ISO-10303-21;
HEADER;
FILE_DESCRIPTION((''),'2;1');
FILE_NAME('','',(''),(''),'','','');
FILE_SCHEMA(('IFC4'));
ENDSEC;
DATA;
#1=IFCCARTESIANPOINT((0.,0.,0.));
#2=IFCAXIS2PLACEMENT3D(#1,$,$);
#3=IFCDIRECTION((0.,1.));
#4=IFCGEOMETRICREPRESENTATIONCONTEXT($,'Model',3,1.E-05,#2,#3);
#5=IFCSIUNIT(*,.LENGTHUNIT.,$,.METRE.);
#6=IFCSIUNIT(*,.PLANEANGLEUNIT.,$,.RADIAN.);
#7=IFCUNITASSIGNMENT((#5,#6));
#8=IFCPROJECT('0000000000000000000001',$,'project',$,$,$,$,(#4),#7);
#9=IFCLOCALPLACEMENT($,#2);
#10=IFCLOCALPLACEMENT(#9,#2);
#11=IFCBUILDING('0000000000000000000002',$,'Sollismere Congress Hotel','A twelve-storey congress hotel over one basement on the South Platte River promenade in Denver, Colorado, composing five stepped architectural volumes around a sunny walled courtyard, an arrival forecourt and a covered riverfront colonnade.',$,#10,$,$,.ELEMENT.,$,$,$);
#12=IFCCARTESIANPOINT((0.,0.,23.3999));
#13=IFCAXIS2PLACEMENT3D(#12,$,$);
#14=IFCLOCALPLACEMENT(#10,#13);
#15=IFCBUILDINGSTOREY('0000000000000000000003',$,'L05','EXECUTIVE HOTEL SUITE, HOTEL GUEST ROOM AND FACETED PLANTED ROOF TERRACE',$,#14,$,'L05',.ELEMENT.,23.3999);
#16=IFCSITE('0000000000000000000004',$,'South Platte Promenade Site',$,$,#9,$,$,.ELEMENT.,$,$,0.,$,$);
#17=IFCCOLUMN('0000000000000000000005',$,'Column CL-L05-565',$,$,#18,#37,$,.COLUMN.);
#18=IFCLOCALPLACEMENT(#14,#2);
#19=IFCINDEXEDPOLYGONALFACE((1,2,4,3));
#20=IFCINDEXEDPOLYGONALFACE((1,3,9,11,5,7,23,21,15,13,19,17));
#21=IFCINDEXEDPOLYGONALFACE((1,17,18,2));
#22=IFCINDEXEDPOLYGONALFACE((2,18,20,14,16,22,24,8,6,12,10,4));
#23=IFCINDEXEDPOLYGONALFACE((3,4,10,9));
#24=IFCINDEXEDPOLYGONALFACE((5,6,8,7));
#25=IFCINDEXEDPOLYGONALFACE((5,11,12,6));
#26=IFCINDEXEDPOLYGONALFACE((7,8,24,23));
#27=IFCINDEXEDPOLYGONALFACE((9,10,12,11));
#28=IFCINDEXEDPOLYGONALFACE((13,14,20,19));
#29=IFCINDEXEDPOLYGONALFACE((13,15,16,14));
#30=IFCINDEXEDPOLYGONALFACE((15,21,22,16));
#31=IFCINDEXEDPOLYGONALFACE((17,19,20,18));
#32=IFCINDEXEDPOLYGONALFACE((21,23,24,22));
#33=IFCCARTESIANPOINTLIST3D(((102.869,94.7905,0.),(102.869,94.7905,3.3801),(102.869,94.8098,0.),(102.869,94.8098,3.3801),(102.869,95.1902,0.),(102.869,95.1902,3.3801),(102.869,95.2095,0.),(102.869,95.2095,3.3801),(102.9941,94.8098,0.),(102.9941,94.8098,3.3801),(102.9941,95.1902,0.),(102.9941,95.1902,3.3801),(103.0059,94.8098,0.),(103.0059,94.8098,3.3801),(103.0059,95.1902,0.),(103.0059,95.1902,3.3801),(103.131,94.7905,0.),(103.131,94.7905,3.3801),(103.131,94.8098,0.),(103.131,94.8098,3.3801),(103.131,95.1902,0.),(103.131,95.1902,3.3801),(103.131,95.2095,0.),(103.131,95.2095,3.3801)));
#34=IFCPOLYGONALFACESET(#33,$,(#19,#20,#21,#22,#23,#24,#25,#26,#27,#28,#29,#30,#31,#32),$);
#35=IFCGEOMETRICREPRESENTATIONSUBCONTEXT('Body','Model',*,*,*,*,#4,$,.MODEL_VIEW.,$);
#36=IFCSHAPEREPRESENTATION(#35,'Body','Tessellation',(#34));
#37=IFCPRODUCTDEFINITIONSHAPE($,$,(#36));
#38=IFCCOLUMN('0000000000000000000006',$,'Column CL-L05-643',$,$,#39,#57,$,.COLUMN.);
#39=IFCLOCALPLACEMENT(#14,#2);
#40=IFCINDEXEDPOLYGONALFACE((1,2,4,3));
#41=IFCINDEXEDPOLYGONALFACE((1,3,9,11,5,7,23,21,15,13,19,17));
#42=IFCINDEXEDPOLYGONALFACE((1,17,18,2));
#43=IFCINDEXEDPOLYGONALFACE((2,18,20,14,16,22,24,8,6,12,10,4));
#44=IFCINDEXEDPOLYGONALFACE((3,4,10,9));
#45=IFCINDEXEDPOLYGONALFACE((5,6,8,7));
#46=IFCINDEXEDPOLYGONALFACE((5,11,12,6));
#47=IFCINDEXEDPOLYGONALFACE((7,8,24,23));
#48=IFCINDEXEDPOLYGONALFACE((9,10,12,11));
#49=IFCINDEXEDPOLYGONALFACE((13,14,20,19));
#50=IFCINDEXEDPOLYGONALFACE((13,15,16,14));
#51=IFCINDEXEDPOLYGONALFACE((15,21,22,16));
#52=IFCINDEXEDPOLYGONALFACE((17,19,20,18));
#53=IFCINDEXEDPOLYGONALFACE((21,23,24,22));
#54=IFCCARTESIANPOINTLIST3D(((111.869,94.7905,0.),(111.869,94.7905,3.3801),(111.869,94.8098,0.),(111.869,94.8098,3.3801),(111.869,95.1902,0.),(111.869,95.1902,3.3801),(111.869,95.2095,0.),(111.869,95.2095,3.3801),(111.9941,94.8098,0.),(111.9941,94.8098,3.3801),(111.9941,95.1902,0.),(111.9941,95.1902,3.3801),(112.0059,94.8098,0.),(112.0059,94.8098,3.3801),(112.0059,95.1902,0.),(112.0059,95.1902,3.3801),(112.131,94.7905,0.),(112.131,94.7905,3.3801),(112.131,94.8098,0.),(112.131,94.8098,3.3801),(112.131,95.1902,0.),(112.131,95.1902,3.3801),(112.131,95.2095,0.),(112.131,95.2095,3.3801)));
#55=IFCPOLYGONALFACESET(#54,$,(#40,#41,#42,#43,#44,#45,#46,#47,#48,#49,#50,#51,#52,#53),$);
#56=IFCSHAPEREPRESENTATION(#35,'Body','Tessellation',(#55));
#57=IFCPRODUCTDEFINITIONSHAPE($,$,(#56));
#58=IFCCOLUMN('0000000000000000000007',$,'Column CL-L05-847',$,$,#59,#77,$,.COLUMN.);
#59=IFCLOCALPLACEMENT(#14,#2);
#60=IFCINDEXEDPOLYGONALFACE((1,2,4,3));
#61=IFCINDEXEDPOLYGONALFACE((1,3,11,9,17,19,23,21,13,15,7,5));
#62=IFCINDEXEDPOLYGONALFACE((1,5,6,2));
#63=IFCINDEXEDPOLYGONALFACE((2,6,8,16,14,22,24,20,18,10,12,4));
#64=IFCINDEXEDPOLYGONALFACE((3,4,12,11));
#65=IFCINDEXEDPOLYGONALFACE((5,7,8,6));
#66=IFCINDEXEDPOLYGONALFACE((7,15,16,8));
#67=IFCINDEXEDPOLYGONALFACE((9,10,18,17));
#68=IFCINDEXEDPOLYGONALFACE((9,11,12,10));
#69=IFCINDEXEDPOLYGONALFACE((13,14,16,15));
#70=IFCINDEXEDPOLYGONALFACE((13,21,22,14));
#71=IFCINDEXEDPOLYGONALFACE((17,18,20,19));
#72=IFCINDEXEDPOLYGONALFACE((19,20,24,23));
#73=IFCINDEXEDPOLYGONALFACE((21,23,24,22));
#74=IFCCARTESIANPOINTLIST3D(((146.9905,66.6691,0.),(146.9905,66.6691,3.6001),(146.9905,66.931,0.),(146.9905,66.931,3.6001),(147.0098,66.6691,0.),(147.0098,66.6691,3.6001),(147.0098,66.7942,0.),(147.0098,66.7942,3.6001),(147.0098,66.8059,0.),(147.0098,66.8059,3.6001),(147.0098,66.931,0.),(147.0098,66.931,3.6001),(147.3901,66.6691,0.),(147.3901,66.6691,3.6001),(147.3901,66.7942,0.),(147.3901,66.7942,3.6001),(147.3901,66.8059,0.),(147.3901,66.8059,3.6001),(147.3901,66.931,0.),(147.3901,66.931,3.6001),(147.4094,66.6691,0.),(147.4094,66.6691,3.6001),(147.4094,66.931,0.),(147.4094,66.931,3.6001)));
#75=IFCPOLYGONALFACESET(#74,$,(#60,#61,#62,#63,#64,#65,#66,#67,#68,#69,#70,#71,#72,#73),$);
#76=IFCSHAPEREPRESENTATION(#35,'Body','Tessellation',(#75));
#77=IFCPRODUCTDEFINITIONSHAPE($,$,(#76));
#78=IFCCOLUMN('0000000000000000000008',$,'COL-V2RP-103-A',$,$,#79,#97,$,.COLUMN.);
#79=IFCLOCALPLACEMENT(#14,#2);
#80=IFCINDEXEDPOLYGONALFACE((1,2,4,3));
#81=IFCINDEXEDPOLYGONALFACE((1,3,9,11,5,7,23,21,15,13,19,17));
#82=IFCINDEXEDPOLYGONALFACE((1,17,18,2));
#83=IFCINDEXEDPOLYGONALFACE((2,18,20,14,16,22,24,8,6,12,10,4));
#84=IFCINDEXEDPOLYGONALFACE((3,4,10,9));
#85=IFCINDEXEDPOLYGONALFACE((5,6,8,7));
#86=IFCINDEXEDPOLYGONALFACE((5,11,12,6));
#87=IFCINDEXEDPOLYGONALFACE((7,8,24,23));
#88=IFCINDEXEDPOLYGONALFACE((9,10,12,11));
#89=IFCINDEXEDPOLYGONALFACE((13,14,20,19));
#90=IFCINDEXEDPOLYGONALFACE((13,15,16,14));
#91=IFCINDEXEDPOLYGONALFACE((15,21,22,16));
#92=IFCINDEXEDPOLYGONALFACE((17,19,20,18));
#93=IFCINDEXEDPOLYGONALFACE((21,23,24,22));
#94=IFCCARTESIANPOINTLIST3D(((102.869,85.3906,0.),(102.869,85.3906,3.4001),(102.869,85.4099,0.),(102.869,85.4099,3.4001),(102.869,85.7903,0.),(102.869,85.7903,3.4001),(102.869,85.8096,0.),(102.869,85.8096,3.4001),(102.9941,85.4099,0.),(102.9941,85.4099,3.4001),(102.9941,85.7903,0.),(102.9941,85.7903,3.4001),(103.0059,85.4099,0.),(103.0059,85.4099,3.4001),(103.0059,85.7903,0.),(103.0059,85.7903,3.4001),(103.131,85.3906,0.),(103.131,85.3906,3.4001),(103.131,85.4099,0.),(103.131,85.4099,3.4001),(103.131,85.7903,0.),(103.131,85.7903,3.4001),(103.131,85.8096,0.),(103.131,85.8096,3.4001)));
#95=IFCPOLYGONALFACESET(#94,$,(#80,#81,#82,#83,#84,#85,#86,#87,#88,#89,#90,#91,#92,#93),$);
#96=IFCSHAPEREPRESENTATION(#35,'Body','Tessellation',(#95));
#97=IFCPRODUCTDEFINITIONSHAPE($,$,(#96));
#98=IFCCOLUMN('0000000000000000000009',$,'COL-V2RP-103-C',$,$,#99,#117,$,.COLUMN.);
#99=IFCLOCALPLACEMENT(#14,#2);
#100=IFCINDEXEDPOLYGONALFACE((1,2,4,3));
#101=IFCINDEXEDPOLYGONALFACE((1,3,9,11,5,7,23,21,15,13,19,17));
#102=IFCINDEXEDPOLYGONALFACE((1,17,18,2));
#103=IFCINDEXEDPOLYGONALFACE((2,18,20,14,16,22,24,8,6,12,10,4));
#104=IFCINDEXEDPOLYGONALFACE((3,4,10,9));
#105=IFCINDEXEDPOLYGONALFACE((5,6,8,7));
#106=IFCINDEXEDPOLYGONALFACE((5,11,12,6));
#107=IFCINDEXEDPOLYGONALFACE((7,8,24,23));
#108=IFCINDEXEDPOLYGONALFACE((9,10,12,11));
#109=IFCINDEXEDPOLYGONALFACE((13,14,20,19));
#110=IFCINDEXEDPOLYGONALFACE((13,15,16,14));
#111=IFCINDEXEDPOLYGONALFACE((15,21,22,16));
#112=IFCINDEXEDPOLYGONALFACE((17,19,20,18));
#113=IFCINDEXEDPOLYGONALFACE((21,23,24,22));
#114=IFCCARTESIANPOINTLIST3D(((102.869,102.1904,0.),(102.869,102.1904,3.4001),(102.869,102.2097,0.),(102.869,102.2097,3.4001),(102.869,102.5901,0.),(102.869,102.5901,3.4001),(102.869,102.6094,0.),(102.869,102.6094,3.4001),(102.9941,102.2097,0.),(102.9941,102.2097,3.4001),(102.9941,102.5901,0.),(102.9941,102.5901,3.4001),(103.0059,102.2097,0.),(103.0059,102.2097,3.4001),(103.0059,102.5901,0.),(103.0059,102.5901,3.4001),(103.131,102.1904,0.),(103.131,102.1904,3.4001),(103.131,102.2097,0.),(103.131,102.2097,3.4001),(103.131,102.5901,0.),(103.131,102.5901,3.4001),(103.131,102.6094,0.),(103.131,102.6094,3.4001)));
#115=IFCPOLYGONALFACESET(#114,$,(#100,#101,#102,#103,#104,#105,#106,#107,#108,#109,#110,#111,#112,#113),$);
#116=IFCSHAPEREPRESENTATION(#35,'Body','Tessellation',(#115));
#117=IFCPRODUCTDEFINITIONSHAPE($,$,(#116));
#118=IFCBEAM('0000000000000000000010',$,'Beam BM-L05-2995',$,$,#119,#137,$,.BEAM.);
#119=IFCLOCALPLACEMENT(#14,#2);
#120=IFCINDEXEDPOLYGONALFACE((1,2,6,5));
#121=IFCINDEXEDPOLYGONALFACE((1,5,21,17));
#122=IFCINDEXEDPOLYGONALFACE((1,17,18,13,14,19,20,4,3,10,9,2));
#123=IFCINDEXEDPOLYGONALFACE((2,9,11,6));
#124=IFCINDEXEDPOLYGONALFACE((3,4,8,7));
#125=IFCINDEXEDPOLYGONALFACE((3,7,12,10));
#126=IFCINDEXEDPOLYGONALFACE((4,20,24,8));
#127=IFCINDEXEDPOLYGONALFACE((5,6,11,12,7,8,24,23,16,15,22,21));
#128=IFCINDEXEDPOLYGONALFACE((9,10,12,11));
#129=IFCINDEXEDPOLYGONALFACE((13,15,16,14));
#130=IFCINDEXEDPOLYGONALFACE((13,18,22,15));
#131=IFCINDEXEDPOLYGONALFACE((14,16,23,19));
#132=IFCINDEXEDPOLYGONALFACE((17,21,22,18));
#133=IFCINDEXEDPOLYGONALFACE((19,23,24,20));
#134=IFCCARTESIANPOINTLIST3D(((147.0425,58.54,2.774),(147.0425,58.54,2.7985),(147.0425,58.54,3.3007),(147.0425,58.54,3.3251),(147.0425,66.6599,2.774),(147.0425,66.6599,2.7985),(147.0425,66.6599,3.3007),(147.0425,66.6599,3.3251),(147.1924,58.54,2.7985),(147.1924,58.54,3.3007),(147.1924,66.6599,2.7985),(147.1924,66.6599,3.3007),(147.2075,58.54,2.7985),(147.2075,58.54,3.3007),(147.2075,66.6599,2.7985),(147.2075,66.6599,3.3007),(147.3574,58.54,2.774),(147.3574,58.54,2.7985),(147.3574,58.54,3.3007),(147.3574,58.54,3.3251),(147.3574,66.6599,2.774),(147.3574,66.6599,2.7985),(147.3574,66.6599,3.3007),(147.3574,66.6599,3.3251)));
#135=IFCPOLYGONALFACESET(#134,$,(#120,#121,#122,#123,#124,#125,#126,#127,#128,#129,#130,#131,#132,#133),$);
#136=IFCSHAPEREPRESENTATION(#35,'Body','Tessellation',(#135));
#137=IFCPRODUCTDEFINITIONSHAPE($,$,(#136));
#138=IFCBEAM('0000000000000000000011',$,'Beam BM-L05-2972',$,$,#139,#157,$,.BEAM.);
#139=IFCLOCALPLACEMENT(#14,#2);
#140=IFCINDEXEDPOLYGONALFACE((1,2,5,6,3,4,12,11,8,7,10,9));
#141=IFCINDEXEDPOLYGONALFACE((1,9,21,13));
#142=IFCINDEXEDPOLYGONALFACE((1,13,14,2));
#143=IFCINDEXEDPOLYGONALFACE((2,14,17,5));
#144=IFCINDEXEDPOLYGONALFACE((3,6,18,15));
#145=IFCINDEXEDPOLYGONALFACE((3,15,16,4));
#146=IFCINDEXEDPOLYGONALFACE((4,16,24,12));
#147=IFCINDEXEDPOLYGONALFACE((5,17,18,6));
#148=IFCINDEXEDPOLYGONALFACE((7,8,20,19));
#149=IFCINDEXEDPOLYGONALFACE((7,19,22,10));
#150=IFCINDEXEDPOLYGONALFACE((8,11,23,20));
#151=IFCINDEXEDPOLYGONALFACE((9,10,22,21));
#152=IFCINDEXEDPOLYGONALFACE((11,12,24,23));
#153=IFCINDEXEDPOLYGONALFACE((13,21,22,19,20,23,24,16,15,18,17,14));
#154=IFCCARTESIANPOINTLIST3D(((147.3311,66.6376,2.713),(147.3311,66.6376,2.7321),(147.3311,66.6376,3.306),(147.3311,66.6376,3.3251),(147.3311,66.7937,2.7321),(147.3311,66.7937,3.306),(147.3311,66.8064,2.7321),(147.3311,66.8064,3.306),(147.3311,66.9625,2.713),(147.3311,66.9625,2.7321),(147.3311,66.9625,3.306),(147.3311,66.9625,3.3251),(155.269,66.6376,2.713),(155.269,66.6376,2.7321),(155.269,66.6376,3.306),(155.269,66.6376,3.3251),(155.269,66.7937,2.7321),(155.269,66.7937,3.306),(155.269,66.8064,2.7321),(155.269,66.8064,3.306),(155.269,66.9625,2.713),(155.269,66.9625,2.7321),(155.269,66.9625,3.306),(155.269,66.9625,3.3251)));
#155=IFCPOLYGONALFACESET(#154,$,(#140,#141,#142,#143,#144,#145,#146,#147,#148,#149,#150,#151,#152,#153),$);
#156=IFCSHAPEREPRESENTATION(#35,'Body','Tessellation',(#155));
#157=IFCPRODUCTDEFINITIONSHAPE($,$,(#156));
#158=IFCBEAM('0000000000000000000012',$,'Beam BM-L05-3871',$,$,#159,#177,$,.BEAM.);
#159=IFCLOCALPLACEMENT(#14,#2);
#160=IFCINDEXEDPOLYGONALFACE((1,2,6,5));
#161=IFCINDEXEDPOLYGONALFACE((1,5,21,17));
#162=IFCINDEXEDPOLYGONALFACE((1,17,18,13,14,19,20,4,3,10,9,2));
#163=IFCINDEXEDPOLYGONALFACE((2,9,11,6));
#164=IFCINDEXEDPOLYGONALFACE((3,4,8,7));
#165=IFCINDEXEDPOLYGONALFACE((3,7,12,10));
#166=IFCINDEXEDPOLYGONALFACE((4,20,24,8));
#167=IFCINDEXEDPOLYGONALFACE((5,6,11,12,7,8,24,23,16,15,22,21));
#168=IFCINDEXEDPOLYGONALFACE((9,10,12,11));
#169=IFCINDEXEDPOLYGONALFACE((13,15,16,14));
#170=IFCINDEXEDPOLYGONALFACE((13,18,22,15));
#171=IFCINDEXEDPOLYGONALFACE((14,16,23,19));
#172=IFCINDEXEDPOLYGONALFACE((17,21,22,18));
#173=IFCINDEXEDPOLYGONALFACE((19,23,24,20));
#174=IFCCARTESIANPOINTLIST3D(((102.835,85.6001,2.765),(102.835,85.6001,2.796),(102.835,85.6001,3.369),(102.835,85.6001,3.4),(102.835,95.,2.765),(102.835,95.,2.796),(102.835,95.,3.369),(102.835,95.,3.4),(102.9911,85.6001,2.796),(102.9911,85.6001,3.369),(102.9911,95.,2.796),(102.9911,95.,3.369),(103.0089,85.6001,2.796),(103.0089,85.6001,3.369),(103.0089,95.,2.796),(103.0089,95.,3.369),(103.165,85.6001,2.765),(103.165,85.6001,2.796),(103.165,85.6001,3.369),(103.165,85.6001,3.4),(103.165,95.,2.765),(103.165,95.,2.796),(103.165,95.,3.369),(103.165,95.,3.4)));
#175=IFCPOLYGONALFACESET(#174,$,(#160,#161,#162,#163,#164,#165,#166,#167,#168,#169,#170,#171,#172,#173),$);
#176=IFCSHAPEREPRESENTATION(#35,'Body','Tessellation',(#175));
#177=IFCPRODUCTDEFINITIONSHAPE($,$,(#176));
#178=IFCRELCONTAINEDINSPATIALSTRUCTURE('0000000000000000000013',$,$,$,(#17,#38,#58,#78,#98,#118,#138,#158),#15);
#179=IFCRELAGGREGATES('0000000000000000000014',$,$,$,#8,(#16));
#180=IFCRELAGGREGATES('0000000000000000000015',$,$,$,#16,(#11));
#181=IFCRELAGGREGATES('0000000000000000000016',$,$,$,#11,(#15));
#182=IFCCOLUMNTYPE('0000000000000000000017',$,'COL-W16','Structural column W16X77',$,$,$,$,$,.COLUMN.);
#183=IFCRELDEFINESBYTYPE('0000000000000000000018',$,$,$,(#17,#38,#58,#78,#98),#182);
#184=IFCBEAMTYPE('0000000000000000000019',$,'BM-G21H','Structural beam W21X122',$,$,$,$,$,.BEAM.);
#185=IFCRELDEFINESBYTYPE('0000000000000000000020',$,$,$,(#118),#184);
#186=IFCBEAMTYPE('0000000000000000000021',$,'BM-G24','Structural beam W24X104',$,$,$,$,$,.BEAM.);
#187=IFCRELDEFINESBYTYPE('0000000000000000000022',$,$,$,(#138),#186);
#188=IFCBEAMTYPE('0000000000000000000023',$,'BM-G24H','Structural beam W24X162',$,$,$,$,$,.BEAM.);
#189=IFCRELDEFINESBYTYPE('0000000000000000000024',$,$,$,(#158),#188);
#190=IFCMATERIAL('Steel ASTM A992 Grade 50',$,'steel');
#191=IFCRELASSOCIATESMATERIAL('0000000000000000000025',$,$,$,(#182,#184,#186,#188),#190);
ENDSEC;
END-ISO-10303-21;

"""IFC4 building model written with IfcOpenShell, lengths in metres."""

from ifc_helpers import new_model, si_unit, direction, frame, origin, origin_2d, place, context, subcontext, project, spatial, i_section, extrude, material, material_profile, profile_set, type_object, element, save


model = new_model("IFC4")

# Units and contexts
model_context = context("Model", 3, precision=1e-05, world=origin(), true_north=direction((0.0, 1.0)))
body_context = subcontext(model_context, "Body", "Model", "MODEL_VIEW")
ifc_project = project(units=[si_unit("LENGTHUNIT", "METRE"), si_unit("PLANEANGLEUNIT", "RADIAN")], contexts=[model_context])

# Site, building, storey
site_placement = place(None, origin())
site = spatial("IfcSite", under=ifc_project, at=site_placement, Name="South Platte Promenade Site", CompositionType="ELEMENT", RefElevation=0.0)
building_placement = place(site_placement, origin())
building = spatial("IfcBuilding", under=site, at=building_placement, Name="Sollismere Congress Hotel", Description="A twelve-storey congress hotel over one basement on the South Platte River promenade in Denver, Colorado, composing five stepped architectural volumes around a sunny walled courtyard, an arrival forecourt and a covered riverfront colonnade.", CompositionType="ELEMENT")
storey_placement = place(building_placement, frame((0.0, 0.0, 23.3999)))
storey = spatial("IfcBuildingStorey", under=building, at=storey_placement, Name="L05", Description="EXECUTIVE HOTEL SUITE, HOTEL GUEST ROOM AND FACETED PLANTED ROOF TERRACE", LongName="L05", CompositionType="ELEMENT", Elevation=23.3999)

# Columns
ifc_material_1 = material(Name="Steel ASTM A992 Grade 50", Category="steel")
ifc_material_profile_1 = material_profile(ifc_material_1, i_section(OverallWidth=0.262, OverallDepth=0.4189, WebThickness=0.0117, FlangeThickness=0.0193, at=origin_2d()), Name="W16X77")
ifc_profile_set_1 = profile_set([ifc_material_profile_1], Name="Steel ASTM A992 Grade 50")
column_type = type_object("IfcColumnType", Name="COL-W16", Description="Structural column W16X77", PredefinedType="COLUMN", material=ifc_profile_set_1)
for number, where, z_axis, x_axis, name in (
    (1, (103.0, 95.0, 0.0), (0.0, 0.0, 1.0), (1.0, 0.0, 0.0), "Column CL-L05-565"),
    (2, (112.0, 95.0, 0.0), (0.0, 0.0, 1.0), (1.0, 0.0, 0.0), "Column CL-L05-643"),
):
    element("IfcColumn", number, at=place(storey_placement, frame(where, z_axis=z_axis, x_axis=x_axis)), inside=storey, type_object=column_type, Name=name, PredefinedType="COLUMN", context=body_context, shape_type="SweptSolid", body=[
        extrude(i_section(OverallWidth=0.262, OverallDepth=0.4189, WebThickness=0.0117, FlangeThickness=0.0193, at=origin_2d()), origin(), (0.0, 0.0, 1.0), 3.3801),
    ])
column_placement = place(storey_placement, frame((147.2, 66.8, 0.0), z_axis=(0.0, 0.0, 1.0), x_axis=(0.0, 1.0, 0.0)))
element("IfcColumn", 3, at=column_placement, inside=storey, type_object=column_type, Name="Column CL-L05-847", PredefinedType="COLUMN", context=body_context, shape_type="SweptSolid", body=[
    extrude(i_section(OverallWidth=0.262, OverallDepth=0.4189, WebThickness=0.0117, FlangeThickness=0.0193, at=origin_2d()), origin(), (0.0, 0.0, 1.0), 3.6001),
])
for number, where, z_axis, x_axis, name in (
    (4, (103.0, 85.6001, 0.0), (0.0, 0.0, 1.0), (1.0, 0.0, 0.0), "COL-V2RP-103-A"),
    (5, (103.0, 102.3999, 0.0), (0.0, 0.0, 1.0), (1.0, 0.0, 0.0), "COL-V2RP-103-C"),
):
    element("IfcColumn", number, at=place(storey_placement, frame(where, z_axis=z_axis, x_axis=x_axis)), inside=storey, type_object=column_type, Name=name, PredefinedType="COLUMN", context=body_context, shape_type="SweptSolid", body=[
        extrude(i_section(OverallWidth=0.262, OverallDepth=0.4189, WebThickness=0.0117, FlangeThickness=0.0193, at=origin_2d()), origin(), (0.0, 0.0, 1.0), 3.4001),
    ])

# Beams
ifc_material_profile_2 = material_profile(ifc_material_1, i_section(OverallWidth=0.3149, OverallDepth=0.551, WebThickness=0.0151, FlangeThickness=0.0244, at=origin_2d()), Name="W21X122")
ifc_profile_set_2 = profile_set([ifc_material_profile_2], Name="Steel ASTM A992 Grade 50")
beam_type_1 = type_object("IfcBeamType", Name="BM-G21H", Description="Structural beam W21X122", PredefinedType="BEAM", material=ifc_profile_set_2)
beam_1_placement = place(storey_placement, frame((147.2, 58.54, 3.0496), z_axis=(0.0, 1.0, 0.0), x_axis=(-1.0, 0.0, 0.0)))
element("IfcBeam", 6, at=beam_1_placement, inside=storey, type_object=beam_type_1, Name="Beam BM-L05-2995", PredefinedType="BEAM", context=body_context, shape_type="SweptSolid", body=[
    extrude(i_section(OverallWidth=0.3149, OverallDepth=0.551, WebThickness=0.0151, FlangeThickness=0.0244, at=origin_2d()), origin(), (0.0, 0.0, 1.0), 8.1199),
])
ifc_material_profile_3 = material_profile(ifc_material_1, i_section(OverallWidth=0.325, OverallDepth=0.6121, WebThickness=0.0127, FlangeThickness=0.019, at=origin_2d()), Name="W24X104")
ifc_profile_set_3 = profile_set([ifc_material_profile_3], Name="Steel ASTM A992 Grade 50")
beam_type_2 = type_object("IfcBeamType", Name="BM-G24", Description="Structural beam W24X104", PredefinedType="BEAM", material=ifc_profile_set_3)
beam_2_placement = place(storey_placement, frame((147.3311, 66.8, 3.019), z_axis=(1.0, 0.0, 0.0), x_axis=(0.0, 1.0, 0.0)))
element("IfcBeam", 7, at=beam_2_placement, inside=storey, type_object=beam_type_2, Name="Beam BM-L05-2972", PredefinedType="BEAM", context=body_context, shape_type="SweptSolid", body=[
    extrude(i_section(OverallWidth=0.325, OverallDepth=0.6121, WebThickness=0.0127, FlangeThickness=0.019, at=origin_2d()), origin(), (0.0, 0.0, 1.0), 7.938),
])
ifc_material_profile_4 = material_profile(ifc_material_1, i_section(OverallWidth=0.3301, OverallDepth=0.635, WebThickness=0.0178, FlangeThickness=0.031, at=origin_2d()), Name="W24X162")
ifc_profile_set_4 = profile_set([ifc_material_profile_4], Name="Steel ASTM A992 Grade 50")
beam_type_3 = type_object("IfcBeamType", Name="BM-G24H", Description="Structural beam W24X162", PredefinedType="BEAM", material=ifc_profile_set_4)
beam_3_placement = place(storey_placement, frame((103.0, 85.6001, 3.0825), z_axis=(0.0, 1.0, 0.0), x_axis=(-1.0, 0.0, 0.0)))
element("IfcBeam", 8, at=beam_3_placement, inside=storey, type_object=beam_type_3, Name="Beam BM-L05-3871", PredefinedType="BEAM", context=body_context, shape_type="SweptSolid", body=[
    extrude(i_section(OverallWidth=0.3301, OverallDepth=0.635, WebThickness=0.0178, FlangeThickness=0.031, at=origin_2d()), origin(), (0.0, 0.0, 1.0), 9.3999),
])

save(model, "model.ifc")
